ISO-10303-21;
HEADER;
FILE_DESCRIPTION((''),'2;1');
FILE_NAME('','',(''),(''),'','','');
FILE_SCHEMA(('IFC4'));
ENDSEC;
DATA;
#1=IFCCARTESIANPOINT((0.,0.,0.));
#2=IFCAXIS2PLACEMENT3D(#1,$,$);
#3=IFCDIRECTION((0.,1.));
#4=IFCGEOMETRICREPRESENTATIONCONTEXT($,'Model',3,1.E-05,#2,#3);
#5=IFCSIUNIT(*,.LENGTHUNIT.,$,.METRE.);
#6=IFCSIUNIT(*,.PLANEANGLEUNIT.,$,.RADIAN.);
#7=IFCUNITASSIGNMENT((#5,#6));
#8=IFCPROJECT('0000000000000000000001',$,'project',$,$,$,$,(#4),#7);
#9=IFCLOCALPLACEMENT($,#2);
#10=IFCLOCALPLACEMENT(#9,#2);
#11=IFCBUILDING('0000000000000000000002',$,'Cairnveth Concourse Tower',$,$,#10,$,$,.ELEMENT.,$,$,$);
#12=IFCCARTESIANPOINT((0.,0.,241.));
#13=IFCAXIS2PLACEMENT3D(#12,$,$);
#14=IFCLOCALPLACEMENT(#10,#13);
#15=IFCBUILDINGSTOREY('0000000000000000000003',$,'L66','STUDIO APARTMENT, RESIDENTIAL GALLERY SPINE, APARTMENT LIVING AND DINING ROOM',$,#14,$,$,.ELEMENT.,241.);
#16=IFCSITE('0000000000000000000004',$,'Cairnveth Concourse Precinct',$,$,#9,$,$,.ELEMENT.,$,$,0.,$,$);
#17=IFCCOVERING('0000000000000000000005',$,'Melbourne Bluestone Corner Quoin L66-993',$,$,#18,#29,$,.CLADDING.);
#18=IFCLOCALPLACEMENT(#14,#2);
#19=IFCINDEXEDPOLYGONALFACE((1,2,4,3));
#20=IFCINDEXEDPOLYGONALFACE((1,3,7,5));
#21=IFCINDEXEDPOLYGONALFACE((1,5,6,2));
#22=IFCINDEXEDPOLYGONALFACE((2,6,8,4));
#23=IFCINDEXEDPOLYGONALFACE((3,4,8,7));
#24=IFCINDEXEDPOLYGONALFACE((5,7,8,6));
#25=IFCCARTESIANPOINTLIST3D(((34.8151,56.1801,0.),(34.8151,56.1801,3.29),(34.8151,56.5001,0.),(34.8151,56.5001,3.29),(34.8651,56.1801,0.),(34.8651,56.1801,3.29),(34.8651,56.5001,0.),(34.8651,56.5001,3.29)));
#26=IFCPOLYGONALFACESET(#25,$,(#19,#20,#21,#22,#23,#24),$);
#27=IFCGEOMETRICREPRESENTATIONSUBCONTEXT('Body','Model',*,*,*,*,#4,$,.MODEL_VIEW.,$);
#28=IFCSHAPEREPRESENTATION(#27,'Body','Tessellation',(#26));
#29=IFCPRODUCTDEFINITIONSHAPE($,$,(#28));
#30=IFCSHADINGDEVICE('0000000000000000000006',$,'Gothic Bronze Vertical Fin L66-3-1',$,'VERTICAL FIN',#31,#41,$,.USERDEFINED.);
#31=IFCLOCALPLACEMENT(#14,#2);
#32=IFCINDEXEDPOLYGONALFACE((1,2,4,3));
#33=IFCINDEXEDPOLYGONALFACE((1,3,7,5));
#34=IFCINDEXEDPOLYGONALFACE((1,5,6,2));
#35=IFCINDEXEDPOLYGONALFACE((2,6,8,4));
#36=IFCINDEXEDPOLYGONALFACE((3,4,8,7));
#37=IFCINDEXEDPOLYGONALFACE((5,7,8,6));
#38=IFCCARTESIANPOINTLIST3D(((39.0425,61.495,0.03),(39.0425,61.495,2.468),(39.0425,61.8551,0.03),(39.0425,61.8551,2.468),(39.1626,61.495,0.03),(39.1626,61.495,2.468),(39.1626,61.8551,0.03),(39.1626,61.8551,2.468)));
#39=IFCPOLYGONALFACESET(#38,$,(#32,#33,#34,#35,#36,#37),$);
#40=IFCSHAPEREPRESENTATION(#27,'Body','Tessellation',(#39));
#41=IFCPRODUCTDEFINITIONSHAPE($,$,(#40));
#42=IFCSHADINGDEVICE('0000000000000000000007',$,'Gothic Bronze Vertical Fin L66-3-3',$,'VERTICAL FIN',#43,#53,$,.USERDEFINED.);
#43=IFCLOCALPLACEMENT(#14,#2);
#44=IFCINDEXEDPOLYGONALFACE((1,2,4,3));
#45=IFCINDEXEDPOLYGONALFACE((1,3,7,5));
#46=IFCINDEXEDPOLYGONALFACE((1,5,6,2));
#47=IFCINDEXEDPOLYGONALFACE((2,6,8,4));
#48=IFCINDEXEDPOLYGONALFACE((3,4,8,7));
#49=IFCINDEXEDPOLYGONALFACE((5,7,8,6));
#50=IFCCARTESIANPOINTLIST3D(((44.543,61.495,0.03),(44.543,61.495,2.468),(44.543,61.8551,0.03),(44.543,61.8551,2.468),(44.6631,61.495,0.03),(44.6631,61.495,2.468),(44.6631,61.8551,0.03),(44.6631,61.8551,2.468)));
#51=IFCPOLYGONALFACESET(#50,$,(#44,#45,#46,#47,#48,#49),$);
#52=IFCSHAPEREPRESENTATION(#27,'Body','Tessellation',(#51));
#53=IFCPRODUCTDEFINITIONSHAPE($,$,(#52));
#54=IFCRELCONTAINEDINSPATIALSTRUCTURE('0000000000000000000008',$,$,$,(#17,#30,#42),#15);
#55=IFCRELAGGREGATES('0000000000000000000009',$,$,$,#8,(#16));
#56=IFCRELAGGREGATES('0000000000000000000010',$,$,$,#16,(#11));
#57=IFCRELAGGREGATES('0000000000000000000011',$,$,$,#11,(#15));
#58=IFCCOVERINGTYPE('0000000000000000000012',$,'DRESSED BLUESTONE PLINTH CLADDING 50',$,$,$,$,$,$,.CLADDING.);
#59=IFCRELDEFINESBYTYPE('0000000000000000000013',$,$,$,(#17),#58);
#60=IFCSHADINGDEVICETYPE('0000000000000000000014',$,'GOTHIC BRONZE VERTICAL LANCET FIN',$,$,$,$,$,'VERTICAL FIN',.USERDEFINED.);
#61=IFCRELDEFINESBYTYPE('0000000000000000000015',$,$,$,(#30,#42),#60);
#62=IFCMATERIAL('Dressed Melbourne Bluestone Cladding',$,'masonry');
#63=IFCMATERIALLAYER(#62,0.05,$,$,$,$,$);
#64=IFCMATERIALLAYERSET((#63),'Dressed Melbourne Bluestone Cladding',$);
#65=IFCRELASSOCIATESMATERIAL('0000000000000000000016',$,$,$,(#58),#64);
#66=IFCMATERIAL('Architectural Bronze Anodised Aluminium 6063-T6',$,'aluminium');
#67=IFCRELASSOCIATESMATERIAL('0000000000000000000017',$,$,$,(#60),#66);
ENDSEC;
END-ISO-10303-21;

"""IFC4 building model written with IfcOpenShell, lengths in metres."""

from ifc_helpers import new_model, si_unit, direction, frame, frame_2d, origin, origin_2d, place, context, subcontext, project, spatial, rectangle, extrude, material, layer, layer_set, type_object, element, save


model = new_model("IFC4")

# Units and contexts
model_context = context("Model", 3, precision=1e-05, world=origin(), true_north=direction((0.0, 1.0)))
body_context = subcontext(model_context, "Body", "Model", "MODEL_VIEW")
ifc_project = project(units=[si_unit("LENGTHUNIT", "METRE"), si_unit("PLANEANGLEUNIT", "RADIAN")], contexts=[model_context])

# Site, building, storey
site_placement = place(None, origin())
site = spatial("IfcSite", under=ifc_project, at=site_placement, Name="Cairnveth Concourse Precinct", CompositionType="ELEMENT", RefElevation=0.0)
building_placement = place(site_placement, origin())
building = spatial("IfcBuilding", under=site, at=building_placement, Name="Cairnveth Concourse Tower", CompositionType="ELEMENT")
storey_placement = place(building_placement, frame((0.0, 0.0, 241.0)))
storey = spatial("IfcBuildingStorey", under=building, at=storey_placement, Name="L66", Description="STUDIO APARTMENT, RESIDENTIAL GALLERY SPINE, APARTMENT LIVING AND DINING ROOM", CompositionType="ELEMENT", Elevation=241.0)

# Covering
ifc_material_1 = material(Name="Dressed Melbourne Bluestone Cladding", Category="masonry")
ifc_layer_1 = layer(ifc_material_1, 0.05)
ifc_layer_set_1 = layer_set([ifc_layer_1], Name="Dressed Melbourne Bluestone Cladding")
covering_type = type_object("IfcCoveringType", Name="DRESSED BLUESTONE PLINTH CLADDING 50", PredefinedType="CLADDING", material=ifc_layer_set_1)
covering_placement = place(storey_placement, frame((34.8401, 56.1799, 0.0), z_axis=(0.0, 0.0, 1.0), x_axis=(0.0, 1.0, 0.0)))
element("IfcCovering", 1, at=covering_placement, inside=storey, type_object=covering_type, Name="Melbourne Bluestone Corner Quoin L66-993", PredefinedType="CLADDING", context=body_context, shape_type="SweptSolid", body=[
    extrude(rectangle(XDim=0.3201, YDim=0.05, at=frame_2d((0.1602, 0.0))), origin(), (0.0, 0.0, 1.0), 3.29),
])

# Shading devices
ifc_material_2 = material(Name="Architectural Bronze Anodised Aluminium 6063-T6", Category="aluminium")
shading_device_type = type_object("IfcShadingDeviceType", Name="GOTHIC BRONZE VERTICAL LANCET FIN", ElementType="VERTICAL FIN", PredefinedType="USERDEFINED", material=ifc_material_2)
for number, where, z_axis, x_axis, name in (
    (2, (39.1025, 61.675, 0.03), (0.0, 0.0, 1.0), (1.0, 0.0, 0.0), "Gothic Bronze Vertical Fin L66-3-1"),
    (3, (44.603, 61.675, 0.03), (0.0, 0.0, 1.0), (1.0, 0.0, 0.0), "Gothic Bronze Vertical Fin L66-3-3"),
):
    element("IfcShadingDevice", number, at=place(storey_placement, frame(where, z_axis=z_axis, x_axis=x_axis)), inside=storey, type_object=shading_device_type, Name=name, ObjectType="VERTICAL FIN", PredefinedType="USERDEFINED", context=body_context, shape_type="SweptSolid", body=[
        extrude(rectangle(XDim=0.1201, YDim=0.3601, at=origin_2d()), origin(), (0.0, 0.0, 1.0), 2.438),
    ])

save(model, "model.ifc")
